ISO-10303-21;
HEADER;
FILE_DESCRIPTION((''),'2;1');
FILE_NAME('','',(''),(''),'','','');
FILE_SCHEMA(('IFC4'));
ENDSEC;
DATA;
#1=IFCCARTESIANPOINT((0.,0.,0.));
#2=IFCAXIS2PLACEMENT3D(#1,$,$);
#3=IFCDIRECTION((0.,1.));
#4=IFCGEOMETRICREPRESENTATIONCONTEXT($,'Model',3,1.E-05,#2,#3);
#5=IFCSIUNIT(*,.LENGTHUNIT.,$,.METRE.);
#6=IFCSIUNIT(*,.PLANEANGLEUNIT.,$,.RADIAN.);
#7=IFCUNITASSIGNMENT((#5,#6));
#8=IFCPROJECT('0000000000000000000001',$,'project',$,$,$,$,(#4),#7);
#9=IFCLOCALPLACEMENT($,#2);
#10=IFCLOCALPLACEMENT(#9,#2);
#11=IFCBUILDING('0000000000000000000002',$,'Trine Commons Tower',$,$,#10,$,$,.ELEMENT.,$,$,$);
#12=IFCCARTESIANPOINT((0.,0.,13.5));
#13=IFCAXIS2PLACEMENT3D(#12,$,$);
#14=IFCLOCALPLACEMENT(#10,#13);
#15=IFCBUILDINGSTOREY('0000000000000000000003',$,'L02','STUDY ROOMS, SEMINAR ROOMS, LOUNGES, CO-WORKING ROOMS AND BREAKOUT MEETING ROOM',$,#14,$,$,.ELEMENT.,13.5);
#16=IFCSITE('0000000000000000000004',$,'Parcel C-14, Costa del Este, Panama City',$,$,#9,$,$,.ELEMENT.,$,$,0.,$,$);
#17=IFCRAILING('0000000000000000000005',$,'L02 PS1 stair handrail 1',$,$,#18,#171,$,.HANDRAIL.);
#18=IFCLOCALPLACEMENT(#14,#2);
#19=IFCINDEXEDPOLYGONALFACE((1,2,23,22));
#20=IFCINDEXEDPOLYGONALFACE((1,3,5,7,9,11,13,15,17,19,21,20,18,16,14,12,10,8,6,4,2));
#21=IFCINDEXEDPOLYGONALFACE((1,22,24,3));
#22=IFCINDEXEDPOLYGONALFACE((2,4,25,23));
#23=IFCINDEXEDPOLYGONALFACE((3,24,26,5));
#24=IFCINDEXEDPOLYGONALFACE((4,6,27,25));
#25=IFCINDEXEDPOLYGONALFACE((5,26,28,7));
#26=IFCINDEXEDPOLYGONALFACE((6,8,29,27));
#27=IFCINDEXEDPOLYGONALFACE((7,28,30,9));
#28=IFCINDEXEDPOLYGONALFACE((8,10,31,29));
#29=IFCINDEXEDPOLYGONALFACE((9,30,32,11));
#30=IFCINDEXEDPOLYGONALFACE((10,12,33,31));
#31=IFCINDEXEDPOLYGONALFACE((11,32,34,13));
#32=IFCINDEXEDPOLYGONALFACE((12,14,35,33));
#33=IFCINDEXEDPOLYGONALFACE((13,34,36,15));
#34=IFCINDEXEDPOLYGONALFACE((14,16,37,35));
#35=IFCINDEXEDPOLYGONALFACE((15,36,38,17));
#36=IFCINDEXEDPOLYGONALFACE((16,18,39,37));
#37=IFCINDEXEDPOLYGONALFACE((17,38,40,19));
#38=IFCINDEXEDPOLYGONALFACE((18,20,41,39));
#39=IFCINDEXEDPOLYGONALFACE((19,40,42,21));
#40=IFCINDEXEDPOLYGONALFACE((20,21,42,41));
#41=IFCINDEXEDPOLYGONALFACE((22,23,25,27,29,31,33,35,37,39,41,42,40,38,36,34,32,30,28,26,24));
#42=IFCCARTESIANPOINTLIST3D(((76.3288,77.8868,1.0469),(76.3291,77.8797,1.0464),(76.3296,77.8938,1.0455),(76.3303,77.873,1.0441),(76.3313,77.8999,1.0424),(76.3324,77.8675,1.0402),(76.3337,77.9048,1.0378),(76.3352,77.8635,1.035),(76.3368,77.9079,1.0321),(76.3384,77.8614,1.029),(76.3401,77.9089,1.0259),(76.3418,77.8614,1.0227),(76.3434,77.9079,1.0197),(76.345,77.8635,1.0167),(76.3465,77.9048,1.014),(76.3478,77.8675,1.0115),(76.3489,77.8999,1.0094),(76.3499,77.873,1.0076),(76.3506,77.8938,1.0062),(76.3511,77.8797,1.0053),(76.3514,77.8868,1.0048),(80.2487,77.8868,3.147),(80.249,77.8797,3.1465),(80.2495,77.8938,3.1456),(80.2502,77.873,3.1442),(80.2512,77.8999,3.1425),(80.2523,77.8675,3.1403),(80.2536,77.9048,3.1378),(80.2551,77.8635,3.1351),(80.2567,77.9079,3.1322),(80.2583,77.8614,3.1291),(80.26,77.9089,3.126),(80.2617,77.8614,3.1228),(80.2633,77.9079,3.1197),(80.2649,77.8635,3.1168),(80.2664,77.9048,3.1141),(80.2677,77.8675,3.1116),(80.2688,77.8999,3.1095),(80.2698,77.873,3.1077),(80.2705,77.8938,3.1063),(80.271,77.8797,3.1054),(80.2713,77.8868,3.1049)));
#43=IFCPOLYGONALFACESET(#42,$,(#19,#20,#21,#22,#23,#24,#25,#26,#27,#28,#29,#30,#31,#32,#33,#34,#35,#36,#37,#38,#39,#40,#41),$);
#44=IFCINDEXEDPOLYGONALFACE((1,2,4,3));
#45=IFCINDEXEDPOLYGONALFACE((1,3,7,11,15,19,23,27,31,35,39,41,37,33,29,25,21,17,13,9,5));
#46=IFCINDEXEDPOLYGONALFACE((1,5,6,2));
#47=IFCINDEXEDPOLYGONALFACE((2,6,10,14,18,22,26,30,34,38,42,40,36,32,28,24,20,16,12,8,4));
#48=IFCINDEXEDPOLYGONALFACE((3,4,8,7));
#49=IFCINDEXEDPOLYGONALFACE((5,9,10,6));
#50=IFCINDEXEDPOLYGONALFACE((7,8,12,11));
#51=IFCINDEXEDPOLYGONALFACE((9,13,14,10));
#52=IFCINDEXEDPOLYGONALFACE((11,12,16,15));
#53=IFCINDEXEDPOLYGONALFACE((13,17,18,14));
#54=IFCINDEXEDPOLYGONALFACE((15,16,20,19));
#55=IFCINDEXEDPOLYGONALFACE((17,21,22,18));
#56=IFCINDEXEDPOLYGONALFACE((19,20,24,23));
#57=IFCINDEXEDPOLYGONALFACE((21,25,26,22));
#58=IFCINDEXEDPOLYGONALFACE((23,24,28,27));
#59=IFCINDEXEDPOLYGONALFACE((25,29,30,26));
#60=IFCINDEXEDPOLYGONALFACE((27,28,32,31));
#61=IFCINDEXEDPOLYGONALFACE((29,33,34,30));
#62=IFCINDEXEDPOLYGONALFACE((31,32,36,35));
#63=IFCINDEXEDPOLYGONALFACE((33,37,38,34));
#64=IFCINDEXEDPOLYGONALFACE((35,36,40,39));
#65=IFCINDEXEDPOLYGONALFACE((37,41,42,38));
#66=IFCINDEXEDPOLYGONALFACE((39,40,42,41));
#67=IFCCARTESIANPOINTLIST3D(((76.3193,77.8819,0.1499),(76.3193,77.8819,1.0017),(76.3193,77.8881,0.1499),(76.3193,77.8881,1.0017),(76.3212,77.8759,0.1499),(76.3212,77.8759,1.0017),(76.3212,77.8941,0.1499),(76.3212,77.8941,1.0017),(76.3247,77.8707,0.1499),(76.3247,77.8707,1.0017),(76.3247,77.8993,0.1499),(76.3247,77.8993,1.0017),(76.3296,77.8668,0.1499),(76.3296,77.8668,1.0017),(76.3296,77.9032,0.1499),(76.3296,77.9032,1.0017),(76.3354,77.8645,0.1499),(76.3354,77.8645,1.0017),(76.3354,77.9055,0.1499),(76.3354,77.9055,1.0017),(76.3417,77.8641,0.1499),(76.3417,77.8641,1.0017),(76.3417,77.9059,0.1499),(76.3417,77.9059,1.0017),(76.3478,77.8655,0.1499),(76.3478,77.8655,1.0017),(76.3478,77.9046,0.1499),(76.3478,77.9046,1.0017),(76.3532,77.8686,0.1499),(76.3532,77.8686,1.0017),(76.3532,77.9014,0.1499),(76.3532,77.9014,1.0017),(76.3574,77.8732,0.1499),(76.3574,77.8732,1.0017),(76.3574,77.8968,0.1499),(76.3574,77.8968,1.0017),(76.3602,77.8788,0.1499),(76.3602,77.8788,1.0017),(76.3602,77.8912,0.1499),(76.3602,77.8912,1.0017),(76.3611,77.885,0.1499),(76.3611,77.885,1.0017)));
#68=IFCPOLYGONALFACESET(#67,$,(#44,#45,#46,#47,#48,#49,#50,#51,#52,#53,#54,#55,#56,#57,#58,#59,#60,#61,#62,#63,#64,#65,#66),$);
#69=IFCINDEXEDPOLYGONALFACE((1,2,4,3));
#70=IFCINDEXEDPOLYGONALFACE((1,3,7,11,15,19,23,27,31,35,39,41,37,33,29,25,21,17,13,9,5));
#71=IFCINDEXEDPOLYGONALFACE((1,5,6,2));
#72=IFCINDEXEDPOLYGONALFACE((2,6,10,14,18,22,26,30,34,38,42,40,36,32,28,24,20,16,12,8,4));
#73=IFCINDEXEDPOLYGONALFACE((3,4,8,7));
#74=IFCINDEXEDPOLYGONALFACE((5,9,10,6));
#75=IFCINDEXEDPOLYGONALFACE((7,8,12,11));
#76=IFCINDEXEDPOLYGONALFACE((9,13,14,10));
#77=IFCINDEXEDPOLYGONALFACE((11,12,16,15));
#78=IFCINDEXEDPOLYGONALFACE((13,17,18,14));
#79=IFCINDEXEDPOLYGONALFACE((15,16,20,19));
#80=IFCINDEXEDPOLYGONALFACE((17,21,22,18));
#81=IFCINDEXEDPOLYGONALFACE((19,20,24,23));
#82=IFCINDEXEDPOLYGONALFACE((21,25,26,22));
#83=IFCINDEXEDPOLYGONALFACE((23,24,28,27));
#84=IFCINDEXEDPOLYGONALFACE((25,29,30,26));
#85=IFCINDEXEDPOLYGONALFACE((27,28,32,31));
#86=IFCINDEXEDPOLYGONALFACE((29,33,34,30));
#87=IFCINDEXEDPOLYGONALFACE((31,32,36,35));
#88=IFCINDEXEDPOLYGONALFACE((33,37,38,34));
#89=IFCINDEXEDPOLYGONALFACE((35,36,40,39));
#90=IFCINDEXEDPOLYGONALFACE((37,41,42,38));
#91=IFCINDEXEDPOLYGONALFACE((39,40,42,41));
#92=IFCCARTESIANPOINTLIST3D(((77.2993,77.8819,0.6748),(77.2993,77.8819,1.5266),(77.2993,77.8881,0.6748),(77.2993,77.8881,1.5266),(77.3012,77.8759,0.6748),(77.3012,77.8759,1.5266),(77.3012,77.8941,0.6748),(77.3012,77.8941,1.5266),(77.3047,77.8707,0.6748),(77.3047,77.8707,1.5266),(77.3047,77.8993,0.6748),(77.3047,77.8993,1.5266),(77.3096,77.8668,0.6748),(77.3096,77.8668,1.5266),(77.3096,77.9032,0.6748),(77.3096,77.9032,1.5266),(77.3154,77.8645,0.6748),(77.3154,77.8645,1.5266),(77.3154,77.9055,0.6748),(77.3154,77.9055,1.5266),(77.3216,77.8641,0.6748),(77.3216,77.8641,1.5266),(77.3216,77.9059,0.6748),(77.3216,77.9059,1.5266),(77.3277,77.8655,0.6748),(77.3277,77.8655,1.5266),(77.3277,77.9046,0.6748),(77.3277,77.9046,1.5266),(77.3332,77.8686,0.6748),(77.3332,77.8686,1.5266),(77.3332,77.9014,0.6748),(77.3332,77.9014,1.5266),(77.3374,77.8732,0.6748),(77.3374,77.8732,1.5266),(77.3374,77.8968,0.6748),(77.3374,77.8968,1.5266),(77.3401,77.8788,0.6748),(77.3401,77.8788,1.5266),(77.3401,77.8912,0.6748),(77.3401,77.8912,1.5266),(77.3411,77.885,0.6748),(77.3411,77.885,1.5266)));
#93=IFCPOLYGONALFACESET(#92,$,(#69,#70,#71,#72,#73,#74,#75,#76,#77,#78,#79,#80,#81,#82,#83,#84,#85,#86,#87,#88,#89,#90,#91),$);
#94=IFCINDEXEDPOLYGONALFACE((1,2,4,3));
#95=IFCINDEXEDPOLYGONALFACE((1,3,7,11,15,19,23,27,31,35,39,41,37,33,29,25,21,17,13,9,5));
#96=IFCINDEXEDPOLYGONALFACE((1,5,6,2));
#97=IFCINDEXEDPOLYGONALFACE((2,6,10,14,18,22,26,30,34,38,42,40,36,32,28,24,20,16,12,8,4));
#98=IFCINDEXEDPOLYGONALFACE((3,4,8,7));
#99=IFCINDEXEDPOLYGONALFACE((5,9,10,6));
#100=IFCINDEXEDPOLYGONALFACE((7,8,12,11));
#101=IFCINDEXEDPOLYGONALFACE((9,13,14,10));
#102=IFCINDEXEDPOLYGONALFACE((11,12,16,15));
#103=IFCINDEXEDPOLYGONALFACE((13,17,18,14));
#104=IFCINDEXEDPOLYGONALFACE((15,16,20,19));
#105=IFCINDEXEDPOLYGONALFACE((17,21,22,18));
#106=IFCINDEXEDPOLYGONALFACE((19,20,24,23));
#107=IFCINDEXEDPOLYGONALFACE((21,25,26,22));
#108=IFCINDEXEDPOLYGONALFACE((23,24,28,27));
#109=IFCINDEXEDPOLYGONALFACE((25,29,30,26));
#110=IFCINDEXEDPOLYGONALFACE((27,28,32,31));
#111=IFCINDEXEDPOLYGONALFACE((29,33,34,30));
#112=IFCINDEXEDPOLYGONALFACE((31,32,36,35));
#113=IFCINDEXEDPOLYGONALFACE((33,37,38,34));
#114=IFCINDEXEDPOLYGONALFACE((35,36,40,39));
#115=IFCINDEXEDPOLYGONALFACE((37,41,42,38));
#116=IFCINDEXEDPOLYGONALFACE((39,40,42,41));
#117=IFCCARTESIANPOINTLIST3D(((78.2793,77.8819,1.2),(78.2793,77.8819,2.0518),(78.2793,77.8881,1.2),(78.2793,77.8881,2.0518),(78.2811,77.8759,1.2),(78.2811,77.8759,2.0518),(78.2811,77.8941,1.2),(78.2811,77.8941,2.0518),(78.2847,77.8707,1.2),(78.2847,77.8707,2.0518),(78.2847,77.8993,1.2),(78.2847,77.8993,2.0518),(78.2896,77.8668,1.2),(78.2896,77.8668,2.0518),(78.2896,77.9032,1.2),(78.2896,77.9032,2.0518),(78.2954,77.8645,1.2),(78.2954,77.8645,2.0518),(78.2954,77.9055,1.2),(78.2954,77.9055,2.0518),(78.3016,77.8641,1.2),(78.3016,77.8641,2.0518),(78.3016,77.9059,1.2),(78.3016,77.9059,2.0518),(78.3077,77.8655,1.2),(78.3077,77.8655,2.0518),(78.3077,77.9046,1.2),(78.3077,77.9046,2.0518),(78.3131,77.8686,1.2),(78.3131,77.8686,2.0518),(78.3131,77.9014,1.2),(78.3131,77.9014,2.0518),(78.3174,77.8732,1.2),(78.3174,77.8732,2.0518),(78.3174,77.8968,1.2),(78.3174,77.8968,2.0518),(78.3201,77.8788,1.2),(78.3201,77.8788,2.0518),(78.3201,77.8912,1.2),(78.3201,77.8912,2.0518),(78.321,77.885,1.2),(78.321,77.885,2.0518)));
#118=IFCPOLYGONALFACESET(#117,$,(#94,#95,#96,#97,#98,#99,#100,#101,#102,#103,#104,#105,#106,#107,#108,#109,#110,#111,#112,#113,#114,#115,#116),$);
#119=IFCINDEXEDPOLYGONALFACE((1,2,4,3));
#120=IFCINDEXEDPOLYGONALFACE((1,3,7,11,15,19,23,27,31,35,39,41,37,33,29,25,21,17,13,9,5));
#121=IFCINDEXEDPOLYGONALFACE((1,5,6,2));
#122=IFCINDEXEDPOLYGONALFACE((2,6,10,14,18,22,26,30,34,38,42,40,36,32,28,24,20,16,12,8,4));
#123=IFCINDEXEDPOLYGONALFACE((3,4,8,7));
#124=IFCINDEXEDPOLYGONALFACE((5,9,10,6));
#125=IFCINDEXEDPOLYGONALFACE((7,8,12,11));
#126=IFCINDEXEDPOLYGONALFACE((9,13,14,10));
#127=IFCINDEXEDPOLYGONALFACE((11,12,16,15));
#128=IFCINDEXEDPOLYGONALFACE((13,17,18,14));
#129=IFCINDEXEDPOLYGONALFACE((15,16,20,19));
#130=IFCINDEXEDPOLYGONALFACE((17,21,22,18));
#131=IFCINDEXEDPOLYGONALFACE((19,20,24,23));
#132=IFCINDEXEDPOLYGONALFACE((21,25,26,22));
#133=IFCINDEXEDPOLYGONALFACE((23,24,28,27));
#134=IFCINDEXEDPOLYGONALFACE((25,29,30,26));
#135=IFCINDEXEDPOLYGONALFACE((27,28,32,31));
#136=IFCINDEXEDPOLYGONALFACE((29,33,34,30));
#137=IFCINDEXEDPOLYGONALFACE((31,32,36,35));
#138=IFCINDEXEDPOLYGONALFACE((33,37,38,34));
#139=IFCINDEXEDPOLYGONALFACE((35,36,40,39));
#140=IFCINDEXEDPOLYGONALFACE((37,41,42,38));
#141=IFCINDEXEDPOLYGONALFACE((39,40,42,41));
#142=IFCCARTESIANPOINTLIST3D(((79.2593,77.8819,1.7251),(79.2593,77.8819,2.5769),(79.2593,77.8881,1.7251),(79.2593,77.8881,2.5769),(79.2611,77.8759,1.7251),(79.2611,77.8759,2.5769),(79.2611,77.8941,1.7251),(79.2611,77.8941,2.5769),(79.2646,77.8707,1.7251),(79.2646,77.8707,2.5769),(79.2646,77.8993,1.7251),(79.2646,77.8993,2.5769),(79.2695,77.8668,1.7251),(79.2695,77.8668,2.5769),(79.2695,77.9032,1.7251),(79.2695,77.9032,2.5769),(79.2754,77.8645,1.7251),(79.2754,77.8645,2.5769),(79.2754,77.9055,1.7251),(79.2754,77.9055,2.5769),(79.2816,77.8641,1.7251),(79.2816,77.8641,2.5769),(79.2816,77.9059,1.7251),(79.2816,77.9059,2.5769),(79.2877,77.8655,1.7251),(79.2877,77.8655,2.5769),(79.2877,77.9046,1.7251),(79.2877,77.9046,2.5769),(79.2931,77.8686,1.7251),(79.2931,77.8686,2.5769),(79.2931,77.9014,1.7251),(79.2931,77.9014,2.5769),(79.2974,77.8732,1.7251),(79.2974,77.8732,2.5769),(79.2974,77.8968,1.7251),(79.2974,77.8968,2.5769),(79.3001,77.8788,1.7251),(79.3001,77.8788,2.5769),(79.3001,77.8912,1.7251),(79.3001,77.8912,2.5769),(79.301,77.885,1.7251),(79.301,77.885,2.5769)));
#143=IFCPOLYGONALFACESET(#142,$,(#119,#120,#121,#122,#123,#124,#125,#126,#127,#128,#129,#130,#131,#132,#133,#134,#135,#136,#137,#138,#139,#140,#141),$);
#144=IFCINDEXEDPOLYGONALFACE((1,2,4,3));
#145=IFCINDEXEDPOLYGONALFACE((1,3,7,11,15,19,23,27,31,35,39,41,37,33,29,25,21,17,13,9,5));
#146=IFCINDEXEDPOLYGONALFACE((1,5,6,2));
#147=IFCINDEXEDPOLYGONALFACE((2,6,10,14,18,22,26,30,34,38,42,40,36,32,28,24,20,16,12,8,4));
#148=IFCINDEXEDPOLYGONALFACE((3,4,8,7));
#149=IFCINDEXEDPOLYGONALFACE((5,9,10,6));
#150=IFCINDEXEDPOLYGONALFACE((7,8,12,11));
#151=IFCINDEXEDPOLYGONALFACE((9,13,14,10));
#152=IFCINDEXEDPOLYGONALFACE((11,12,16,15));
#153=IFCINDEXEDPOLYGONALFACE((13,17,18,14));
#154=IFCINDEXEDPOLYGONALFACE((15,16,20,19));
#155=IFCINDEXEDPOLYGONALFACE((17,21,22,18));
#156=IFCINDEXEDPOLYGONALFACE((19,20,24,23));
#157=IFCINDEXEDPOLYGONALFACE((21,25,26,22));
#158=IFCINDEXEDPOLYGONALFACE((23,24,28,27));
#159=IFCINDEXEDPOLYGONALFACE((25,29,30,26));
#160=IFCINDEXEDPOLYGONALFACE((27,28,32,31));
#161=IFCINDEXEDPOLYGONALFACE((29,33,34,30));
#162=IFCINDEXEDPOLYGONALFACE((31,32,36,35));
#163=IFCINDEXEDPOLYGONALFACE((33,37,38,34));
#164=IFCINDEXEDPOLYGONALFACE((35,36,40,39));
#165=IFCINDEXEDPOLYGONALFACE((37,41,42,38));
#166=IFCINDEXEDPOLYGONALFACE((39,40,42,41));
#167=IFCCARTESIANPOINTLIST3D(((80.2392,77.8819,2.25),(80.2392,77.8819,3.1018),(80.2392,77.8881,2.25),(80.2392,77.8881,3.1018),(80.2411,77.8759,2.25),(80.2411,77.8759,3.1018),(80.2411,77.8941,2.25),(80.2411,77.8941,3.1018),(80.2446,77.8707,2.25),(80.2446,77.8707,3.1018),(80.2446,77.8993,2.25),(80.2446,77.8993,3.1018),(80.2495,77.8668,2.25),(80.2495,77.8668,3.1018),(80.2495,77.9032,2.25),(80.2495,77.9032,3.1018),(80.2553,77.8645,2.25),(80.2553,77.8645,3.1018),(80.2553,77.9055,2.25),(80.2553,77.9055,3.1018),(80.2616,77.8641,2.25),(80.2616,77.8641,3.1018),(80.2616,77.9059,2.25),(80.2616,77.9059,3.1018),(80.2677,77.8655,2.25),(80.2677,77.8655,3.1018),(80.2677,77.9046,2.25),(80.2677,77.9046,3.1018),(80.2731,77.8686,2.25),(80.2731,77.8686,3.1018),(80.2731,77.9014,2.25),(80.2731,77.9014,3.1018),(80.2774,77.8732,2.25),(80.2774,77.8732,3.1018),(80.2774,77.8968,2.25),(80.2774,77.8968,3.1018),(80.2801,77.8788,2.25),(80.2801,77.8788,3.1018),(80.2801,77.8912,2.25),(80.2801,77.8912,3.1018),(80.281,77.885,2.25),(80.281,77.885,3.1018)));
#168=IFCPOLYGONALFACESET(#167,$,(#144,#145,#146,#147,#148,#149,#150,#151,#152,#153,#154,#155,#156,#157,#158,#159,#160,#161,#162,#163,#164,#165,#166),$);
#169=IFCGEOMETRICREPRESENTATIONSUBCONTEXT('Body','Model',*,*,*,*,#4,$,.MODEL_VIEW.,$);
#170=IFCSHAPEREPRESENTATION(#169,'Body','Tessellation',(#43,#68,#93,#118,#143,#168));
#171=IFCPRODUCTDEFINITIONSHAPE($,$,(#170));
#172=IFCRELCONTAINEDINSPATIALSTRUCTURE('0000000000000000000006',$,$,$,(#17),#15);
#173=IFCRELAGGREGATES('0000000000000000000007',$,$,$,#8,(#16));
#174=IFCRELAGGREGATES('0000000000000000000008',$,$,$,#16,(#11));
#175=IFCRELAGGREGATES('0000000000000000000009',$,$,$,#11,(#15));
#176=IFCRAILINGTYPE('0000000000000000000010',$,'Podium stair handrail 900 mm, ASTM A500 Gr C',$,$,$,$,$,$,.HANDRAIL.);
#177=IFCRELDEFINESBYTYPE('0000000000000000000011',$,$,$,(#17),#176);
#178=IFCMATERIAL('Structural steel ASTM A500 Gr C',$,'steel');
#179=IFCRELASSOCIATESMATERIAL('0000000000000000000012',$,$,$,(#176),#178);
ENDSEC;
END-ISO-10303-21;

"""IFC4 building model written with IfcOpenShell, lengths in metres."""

from ifc_helpers import new_model, si_unit, direction, frame, origin, origin_2d, place, context, subcontext, project, spatial, circle, extrude, material, type_object, element, save


model = new_model("IFC4")

# Units and contexts
model_context = context("Model", 3, precision=1e-05, world=origin(), true_north=direction((0.0, 1.0)))
body_context = subcontext(model_context, "Body", "Model", "MODEL_VIEW")
ifc_project = project(units=[si_unit("LENGTHUNIT", "METRE"), si_unit("PLANEANGLEUNIT", "RADIAN")], contexts=[model_context])

# Site, building, storey
site_placement = place(None, origin())
site = spatial("IfcSite", under=ifc_project, at=site_placement, Name="Parcel C-14, Costa del Este, Panama City", CompositionType="ELEMENT", RefElevation=0.0)
building_placement = place(site_placement, origin())
building = spatial("IfcBuilding", under=site, at=building_placement, Name="Trine Commons Tower", CompositionType="ELEMENT")
storey_placement = place(building_placement, frame((0.0, 0.0, 13.5)))
storey = spatial("IfcBuildingStorey", under=building, at=storey_placement, Name="L02", Description="STUDY ROOMS, SEMINAR ROOMS, LOUNGES, CO-WORKING ROOMS AND BREAKOUT MEETING ROOM", CompositionType="ELEMENT", Elevation=13.5)

# Railing
ifc_material_1 = material(Name="Structural steel ASTM A500 Gr C", Category="steel")
railing_type_1 = type_object("IfcRailingType", Name="Podium stair handrail 900 mm, ASTM A500 Gr C", PredefinedType="HANDRAIL", material=ifc_material_1)
railing_1_placement = place(storey_placement, frame((76.3401, 77.885, 0.1499)))
element("IfcRailing", 1, at=railing_1_placement, inside=storey, type_object=railing_type_1, Name="L02 PS1 stair handrail 1", PredefinedType="HANDRAIL", context=body_context, shape_type="SweptSolid", body=[
    extrude(circle(Radius=0.0239, at=origin_2d()), frame((0.0, 0.0, 0.876), z_axis=(0.881467, 0.0, 0.472246), x_axis=(0.0, 1.0, 0.0)), (0.0, 0.0, 1.0), 4.447),
    extrude(circle(Radius=0.021, at=origin_2d()), origin(), (0.0, 0.0, 1.0), 0.8518),
    extrude(circle(Radius=0.021, at=origin_2d()), frame((0.98, 0.0, 0.5249)), (0.0, 0.0, 1.0), 0.8518),
    extrude(circle(Radius=0.021, at=origin_2d()), frame((1.96, 0.0, 1.05)), (0.0, 0.0, 1.0), 0.8518),
    extrude(circle(Radius=0.021, at=origin_2d()), frame((2.9399, 0.0, 1.5752)), (0.0, 0.0, 1.0), 0.8518),
    extrude(circle(Radius=0.021, at=origin_2d()), frame((3.9199, 0.0, 2.1001)), (0.0, 0.0, 1.0), 0.8518),
])

save(model, "model.ifc")
